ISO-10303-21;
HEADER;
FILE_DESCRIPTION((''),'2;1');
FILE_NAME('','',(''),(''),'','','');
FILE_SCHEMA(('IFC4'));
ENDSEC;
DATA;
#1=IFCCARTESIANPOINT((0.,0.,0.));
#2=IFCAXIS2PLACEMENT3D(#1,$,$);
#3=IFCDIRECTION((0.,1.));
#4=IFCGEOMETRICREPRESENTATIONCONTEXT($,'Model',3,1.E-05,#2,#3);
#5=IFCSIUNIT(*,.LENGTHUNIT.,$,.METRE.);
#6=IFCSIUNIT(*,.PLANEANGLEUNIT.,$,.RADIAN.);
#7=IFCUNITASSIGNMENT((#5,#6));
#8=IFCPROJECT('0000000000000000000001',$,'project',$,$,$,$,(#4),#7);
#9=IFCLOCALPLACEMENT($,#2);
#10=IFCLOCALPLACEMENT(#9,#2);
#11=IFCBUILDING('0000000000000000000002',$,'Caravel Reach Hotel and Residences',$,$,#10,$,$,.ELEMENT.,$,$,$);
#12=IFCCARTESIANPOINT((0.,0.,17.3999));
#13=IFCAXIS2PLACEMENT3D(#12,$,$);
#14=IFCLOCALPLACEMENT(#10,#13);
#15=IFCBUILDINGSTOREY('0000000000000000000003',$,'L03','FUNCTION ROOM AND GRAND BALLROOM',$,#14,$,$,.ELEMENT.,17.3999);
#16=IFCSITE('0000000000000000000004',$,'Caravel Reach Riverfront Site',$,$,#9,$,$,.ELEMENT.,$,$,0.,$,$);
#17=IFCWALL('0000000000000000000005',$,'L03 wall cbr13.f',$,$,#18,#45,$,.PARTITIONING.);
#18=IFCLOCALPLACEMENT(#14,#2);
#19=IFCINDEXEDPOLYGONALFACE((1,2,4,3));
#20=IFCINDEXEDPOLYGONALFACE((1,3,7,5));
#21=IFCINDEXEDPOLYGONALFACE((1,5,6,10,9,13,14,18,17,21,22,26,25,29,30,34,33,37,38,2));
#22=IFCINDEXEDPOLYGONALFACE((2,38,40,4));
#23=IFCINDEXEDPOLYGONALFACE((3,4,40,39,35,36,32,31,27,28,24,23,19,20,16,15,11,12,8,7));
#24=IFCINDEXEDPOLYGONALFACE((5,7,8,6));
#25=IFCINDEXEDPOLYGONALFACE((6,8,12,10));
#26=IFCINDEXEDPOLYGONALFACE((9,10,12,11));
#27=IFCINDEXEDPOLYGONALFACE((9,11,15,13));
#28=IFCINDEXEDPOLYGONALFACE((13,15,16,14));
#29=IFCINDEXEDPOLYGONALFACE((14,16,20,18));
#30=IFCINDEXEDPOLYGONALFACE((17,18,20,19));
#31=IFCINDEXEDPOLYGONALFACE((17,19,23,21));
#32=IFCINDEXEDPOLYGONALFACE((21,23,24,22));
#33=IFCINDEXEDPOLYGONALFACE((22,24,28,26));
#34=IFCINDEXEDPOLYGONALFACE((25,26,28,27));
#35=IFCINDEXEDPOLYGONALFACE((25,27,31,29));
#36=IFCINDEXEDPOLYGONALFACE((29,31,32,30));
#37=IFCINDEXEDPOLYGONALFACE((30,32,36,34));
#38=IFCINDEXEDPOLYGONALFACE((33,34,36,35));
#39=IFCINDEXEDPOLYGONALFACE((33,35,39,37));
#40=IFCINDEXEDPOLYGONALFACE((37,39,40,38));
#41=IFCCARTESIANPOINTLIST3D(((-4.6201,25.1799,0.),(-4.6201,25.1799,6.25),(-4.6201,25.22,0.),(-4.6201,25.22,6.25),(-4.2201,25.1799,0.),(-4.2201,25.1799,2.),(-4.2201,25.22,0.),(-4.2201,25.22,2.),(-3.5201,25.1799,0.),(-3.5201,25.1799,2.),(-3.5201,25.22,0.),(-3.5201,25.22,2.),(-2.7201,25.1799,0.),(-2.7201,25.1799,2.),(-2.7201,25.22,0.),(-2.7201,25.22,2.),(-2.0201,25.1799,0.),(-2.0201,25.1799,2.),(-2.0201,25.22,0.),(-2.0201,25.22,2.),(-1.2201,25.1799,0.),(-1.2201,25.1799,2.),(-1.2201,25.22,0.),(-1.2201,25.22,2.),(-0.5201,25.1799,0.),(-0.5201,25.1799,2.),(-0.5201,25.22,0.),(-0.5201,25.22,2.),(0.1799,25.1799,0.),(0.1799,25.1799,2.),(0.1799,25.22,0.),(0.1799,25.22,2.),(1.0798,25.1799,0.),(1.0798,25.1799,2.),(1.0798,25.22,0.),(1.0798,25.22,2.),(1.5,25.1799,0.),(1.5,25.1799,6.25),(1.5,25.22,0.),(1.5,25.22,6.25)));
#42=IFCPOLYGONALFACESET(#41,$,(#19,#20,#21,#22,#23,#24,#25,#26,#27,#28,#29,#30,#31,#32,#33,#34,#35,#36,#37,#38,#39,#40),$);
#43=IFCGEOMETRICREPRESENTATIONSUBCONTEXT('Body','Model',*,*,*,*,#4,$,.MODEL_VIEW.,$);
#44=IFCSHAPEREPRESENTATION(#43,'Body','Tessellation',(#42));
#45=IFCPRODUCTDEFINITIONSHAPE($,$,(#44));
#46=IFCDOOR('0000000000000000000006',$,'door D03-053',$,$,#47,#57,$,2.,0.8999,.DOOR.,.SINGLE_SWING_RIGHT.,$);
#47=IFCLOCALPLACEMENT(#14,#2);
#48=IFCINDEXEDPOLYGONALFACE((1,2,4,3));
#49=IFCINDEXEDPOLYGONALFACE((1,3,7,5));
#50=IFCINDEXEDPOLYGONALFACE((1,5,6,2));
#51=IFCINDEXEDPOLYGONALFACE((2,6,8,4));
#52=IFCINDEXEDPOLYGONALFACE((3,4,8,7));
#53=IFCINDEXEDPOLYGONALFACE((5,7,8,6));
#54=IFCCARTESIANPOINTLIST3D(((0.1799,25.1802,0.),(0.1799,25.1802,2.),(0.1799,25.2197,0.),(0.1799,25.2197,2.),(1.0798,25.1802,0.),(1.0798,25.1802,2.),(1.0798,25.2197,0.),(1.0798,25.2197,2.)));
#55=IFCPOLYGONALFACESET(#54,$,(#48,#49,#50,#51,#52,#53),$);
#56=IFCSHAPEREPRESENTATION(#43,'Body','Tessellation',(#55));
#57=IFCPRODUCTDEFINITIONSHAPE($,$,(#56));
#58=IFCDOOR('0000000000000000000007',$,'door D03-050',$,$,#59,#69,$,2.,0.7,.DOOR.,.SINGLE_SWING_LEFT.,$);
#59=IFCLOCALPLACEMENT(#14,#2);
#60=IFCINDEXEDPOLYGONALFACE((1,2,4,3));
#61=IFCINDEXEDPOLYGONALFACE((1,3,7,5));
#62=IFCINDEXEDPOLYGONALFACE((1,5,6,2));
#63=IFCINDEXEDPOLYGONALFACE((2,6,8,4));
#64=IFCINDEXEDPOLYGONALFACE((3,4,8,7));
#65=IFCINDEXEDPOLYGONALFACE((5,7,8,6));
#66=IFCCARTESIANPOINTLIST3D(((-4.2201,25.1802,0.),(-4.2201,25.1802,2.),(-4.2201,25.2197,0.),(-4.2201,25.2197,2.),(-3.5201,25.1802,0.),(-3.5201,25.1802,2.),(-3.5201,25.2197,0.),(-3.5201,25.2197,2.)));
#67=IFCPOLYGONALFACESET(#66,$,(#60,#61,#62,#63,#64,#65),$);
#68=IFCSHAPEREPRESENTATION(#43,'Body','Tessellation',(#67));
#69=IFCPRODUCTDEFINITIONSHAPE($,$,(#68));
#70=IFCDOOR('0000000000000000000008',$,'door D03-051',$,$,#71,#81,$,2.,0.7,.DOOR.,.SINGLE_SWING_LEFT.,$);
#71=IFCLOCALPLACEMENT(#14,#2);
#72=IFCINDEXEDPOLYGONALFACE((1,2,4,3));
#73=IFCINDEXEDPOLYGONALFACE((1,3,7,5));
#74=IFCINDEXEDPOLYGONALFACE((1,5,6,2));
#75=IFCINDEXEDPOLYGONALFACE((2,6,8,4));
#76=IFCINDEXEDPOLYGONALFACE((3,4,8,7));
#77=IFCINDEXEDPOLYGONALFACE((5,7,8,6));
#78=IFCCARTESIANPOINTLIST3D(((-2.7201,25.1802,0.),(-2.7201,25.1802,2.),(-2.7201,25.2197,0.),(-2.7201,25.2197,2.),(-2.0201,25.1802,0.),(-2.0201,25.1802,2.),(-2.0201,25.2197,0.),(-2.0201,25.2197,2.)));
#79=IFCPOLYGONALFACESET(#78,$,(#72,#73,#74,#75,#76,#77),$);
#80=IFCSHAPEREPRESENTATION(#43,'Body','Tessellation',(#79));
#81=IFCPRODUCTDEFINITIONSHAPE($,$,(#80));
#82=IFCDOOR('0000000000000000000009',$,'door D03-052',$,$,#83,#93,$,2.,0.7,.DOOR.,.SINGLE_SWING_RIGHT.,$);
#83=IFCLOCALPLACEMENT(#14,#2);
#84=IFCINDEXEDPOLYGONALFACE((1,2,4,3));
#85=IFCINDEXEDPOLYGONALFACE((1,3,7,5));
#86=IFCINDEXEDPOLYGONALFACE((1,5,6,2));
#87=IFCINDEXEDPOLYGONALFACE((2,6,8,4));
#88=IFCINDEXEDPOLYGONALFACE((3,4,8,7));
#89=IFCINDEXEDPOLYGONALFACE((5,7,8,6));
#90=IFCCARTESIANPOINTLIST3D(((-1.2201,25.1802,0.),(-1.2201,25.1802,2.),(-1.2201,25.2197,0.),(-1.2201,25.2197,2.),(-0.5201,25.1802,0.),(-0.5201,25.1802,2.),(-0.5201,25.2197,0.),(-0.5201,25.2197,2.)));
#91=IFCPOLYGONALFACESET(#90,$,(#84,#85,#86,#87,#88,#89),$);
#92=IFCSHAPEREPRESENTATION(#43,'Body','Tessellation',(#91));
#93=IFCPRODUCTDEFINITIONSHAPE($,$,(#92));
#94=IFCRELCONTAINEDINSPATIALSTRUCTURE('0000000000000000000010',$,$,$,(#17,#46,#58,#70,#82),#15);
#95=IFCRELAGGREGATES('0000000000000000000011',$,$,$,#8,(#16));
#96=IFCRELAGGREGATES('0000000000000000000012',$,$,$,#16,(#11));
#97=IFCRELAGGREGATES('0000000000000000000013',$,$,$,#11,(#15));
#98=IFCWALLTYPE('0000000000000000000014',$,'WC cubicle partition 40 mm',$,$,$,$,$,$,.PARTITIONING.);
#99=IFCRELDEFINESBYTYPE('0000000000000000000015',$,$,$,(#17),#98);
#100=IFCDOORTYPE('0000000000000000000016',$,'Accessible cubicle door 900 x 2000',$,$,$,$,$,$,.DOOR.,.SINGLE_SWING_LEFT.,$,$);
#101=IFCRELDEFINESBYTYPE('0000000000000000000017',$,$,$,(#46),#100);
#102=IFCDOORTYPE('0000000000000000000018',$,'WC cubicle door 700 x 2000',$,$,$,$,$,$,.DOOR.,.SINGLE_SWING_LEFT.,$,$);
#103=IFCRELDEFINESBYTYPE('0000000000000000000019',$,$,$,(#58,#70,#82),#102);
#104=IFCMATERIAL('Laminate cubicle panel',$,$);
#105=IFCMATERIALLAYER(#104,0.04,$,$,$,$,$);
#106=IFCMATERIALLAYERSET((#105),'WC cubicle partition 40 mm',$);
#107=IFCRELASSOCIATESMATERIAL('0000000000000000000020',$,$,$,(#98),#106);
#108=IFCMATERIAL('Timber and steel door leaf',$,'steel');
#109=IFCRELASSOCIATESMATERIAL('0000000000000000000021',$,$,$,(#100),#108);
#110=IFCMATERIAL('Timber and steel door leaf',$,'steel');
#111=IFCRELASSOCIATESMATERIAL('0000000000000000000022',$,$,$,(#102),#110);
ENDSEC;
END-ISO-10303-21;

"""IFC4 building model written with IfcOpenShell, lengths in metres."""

from ifc_helpers import new_model, si_unit, direction, frame, frame_2d, origin, place, context, subcontext, project, spatial, rectangle, extrude, material, layer, layer_set, type_object, element, fill, save


model = new_model("IFC4")

# Units and contexts
model_context = context("Model", 3, precision=1e-05, world=origin(), true_north=direction((0.0, 1.0)))
body_context = subcontext(model_context, "Body", "Model", "MODEL_VIEW")
ifc_project = project(units=[si_unit("LENGTHUNIT", "METRE"), si_unit("PLANEANGLEUNIT", "RADIAN")], contexts=[model_context])

# Site, building, storey
site_placement = place(None, origin())
site = spatial("IfcSite", under=ifc_project, at=site_placement, Name="Caravel Reach Riverfront Site", CompositionType="ELEMENT", RefElevation=0.0)
building_placement = place(site_placement, origin())
building = spatial("IfcBuilding", under=site, at=building_placement, Name="Caravel Reach Hotel and Residences", CompositionType="ELEMENT")
storey_placement = place(building_placement, frame((0.0, 0.0, 17.3999)))
storey = spatial("IfcBuildingStorey", under=building, at=storey_placement, Name="L03", Description="FUNCTION ROOM AND GRAND BALLROOM", CompositionType="ELEMENT", Elevation=17.3999)

# Wall, openings, doors
ifc_material_1 = material(Name="Laminate cubicle panel")
ifc_layer_1 = layer(ifc_material_1, 0.04)
ifc_layer_set_1 = layer_set([ifc_layer_1], Name="WC cubicle partition 40 mm")
wall_type_1 = type_object("IfcWallType", Name="WC cubicle partition 40 mm", PredefinedType="PARTITIONING", material=ifc_layer_set_1)
wall_1_placement = place(storey_placement, frame((-4.6201, 25.2, 0.0), z_axis=(0.0, 0.0, 1.0), x_axis=(1.0, 0.0, 0.0)))
wall_1 = element("IfcWall", 1, at=wall_1_placement, inside=storey, type_object=wall_type_1, Name="L03 wall cbr13.f", PredefinedType="PARTITIONING", context=body_context, shape_type="SweptSolid", body=[
    extrude(rectangle(XDim=6.1201, YDim=0.04, at=frame_2d((3.0601, 0.0))), origin(), (0.0, 0.0, 1.0), 6.25),
])
opening_1_placement = place(wall_1_placement, frame((0.3999, 0.0, 0.0)))
opening_1 = element("IfcOpeningElement", 2, at=opening_1_placement, cuts=wall_1, PredefinedType="OPENING", context=body_context, shape_type="SweptSolid", body=[
    extrude(rectangle(XDim=0.7, YDim=2.0, at=frame_2d((0.3501, 1.0))), frame((0.0, 0.03, 0.0), z_axis=(0.0, -1.0, 0.0), x_axis=(1.0, 0.0, 0.0)), (0.0, 0.0, 1.0), 0.0601),
])
opening_2_placement = place(wall_1_placement, frame((1.8999, 0.0, 0.0)))
opening_2 = element("IfcOpeningElement", 3, at=opening_2_placement, cuts=wall_1, PredefinedType="OPENING", context=body_context, shape_type="SweptSolid", body=[
    extrude(rectangle(XDim=0.7, YDim=2.0, at=frame_2d((0.3501, 1.0))), frame((0.0, 0.03, 0.0), z_axis=(0.0, -1.0, 0.0), x_axis=(1.0, 0.0, 0.0)), (0.0, 0.0, 1.0), 0.0601),
])
opening_3_placement = place(wall_1_placement, frame((3.3999, 0.0, 0.0)))
opening_3 = element("IfcOpeningElement", 4, at=opening_3_placement, cuts=wall_1, PredefinedType="OPENING", context=body_context, shape_type="SweptSolid", body=[
    extrude(rectangle(XDim=0.7, YDim=2.0, at=frame_2d((0.3501, 1.0))), frame((0.0, 0.03, 0.0), z_axis=(0.0, -1.0, 0.0), x_axis=(1.0, 0.0, 0.0)), (0.0, 0.0, 1.0), 0.0601),
])
opening_4_placement = place(wall_1_placement, frame((4.8, 0.0, 0.0)))
opening_4 = element("IfcOpeningElement", 5, at=opening_4_placement, cuts=wall_1, PredefinedType="OPENING", context=body_context, shape_type="SweptSolid", body=[
    extrude(rectangle(XDim=0.8999, YDim=2.0, at=frame_2d((0.45, 1.0))), frame((0.0, 0.03, 0.0), z_axis=(0.0, -1.0, 0.0), x_axis=(1.0, 0.0, 0.0)), (0.0, 0.0, 1.0), 0.0601),
])
ifc_material_2 = material(Name="Timber and steel door leaf", Category="steel")
door_type_1 = type_object("IfcDoorType", Name="Accessible cubicle door 900 x 2000", OperationType="SINGLE_SWING_LEFT", PredefinedType="DOOR", material=ifc_material_2)
door_1_placement = place(opening_4_placement, origin())
door_1 = element("IfcDoor", 6, at=door_1_placement, inside=storey, type_object=door_type_1, Name="door D03-053", OperationType="SINGLE_SWING_RIGHT", OverallHeight=2.0, OverallWidth=0.8999, PredefinedType="DOOR", context=body_context, shape_type="SweptSolid", body=[
    extrude(rectangle(XDim=0.8999, YDim=2.0, at=frame_2d((0.45, 1.0))), frame((0.0, 0.0198, 0.0), z_axis=(0.0, -1.0, 0.0), x_axis=(1.0, 0.0, 0.0)), (0.0, 0.0, 1.0), 0.0396),
])
fill(opening_4, door_1)
ifc_material_3 = material(Name="Timber and steel door leaf", Category="steel")
door_type_2 = type_object("IfcDoorType", Name="WC cubicle door 700 x 2000", OperationType="SINGLE_SWING_LEFT", PredefinedType="DOOR", material=ifc_material_3)
door_2_placement = place(opening_1_placement, origin())
door_2 = element("IfcDoor", 7, at=door_2_placement, inside=storey, type_object=door_type_2, Name="door D03-050", OperationType="SINGLE_SWING_LEFT", OverallHeight=2.0, OverallWidth=0.7, PredefinedType="DOOR", context=body_context, shape_type="SweptSolid", body=[
    extrude(rectangle(XDim=0.7, YDim=2.0, at=frame_2d((0.3501, 1.0))), frame((0.0, 0.0198, 0.0), z_axis=(0.0, -1.0, 0.0), x_axis=(1.0, 0.0, 0.0)), (0.0, 0.0, 1.0), 0.0396),
])
fill(opening_1, door_2)
door_3_placement = place(opening_2_placement, origin())
door_3 = element("IfcDoor", 8, at=door_3_placement, inside=storey, type_object=door_type_2, Name="door D03-051", OperationType="SINGLE_SWING_LEFT", OverallHeight=2.0, OverallWidth=0.7, PredefinedType="DOOR", context=body_context, shape_type="SweptSolid", body=[
    extrude(rectangle(XDim=0.7, YDim=2.0, at=frame_2d((0.3501, 1.0))), frame((0.0, 0.0198, 0.0), z_axis=(0.0, -1.0, 0.0), x_axis=(1.0, 0.0, 0.0)), (0.0, 0.0, 1.0), 0.0396),
])
fill(opening_2, door_3)
door_4_placement = place(opening_3_placement, origin())
door_4 = element("IfcDoor", 9, at=door_4_placement, inside=storey, type_object=door_type_2, Name="door D03-052", OperationType="SINGLE_SWING_RIGHT", OverallHeight=2.0, OverallWidth=0.7, PredefinedType="DOOR", context=body_context, shape_type="SweptSolid", body=[
    extrude(rectangle(XDim=0.7, YDim=2.0, at=frame_2d((0.3501, 1.0))), frame((0.0, 0.0198, 0.0), z_axis=(0.0, -1.0, 0.0), x_axis=(1.0, 0.0, 0.0)), (0.0, 0.0, 1.0), 0.0396),
])
fill(opening_3, door_4)

save(model, "model.ifc")
